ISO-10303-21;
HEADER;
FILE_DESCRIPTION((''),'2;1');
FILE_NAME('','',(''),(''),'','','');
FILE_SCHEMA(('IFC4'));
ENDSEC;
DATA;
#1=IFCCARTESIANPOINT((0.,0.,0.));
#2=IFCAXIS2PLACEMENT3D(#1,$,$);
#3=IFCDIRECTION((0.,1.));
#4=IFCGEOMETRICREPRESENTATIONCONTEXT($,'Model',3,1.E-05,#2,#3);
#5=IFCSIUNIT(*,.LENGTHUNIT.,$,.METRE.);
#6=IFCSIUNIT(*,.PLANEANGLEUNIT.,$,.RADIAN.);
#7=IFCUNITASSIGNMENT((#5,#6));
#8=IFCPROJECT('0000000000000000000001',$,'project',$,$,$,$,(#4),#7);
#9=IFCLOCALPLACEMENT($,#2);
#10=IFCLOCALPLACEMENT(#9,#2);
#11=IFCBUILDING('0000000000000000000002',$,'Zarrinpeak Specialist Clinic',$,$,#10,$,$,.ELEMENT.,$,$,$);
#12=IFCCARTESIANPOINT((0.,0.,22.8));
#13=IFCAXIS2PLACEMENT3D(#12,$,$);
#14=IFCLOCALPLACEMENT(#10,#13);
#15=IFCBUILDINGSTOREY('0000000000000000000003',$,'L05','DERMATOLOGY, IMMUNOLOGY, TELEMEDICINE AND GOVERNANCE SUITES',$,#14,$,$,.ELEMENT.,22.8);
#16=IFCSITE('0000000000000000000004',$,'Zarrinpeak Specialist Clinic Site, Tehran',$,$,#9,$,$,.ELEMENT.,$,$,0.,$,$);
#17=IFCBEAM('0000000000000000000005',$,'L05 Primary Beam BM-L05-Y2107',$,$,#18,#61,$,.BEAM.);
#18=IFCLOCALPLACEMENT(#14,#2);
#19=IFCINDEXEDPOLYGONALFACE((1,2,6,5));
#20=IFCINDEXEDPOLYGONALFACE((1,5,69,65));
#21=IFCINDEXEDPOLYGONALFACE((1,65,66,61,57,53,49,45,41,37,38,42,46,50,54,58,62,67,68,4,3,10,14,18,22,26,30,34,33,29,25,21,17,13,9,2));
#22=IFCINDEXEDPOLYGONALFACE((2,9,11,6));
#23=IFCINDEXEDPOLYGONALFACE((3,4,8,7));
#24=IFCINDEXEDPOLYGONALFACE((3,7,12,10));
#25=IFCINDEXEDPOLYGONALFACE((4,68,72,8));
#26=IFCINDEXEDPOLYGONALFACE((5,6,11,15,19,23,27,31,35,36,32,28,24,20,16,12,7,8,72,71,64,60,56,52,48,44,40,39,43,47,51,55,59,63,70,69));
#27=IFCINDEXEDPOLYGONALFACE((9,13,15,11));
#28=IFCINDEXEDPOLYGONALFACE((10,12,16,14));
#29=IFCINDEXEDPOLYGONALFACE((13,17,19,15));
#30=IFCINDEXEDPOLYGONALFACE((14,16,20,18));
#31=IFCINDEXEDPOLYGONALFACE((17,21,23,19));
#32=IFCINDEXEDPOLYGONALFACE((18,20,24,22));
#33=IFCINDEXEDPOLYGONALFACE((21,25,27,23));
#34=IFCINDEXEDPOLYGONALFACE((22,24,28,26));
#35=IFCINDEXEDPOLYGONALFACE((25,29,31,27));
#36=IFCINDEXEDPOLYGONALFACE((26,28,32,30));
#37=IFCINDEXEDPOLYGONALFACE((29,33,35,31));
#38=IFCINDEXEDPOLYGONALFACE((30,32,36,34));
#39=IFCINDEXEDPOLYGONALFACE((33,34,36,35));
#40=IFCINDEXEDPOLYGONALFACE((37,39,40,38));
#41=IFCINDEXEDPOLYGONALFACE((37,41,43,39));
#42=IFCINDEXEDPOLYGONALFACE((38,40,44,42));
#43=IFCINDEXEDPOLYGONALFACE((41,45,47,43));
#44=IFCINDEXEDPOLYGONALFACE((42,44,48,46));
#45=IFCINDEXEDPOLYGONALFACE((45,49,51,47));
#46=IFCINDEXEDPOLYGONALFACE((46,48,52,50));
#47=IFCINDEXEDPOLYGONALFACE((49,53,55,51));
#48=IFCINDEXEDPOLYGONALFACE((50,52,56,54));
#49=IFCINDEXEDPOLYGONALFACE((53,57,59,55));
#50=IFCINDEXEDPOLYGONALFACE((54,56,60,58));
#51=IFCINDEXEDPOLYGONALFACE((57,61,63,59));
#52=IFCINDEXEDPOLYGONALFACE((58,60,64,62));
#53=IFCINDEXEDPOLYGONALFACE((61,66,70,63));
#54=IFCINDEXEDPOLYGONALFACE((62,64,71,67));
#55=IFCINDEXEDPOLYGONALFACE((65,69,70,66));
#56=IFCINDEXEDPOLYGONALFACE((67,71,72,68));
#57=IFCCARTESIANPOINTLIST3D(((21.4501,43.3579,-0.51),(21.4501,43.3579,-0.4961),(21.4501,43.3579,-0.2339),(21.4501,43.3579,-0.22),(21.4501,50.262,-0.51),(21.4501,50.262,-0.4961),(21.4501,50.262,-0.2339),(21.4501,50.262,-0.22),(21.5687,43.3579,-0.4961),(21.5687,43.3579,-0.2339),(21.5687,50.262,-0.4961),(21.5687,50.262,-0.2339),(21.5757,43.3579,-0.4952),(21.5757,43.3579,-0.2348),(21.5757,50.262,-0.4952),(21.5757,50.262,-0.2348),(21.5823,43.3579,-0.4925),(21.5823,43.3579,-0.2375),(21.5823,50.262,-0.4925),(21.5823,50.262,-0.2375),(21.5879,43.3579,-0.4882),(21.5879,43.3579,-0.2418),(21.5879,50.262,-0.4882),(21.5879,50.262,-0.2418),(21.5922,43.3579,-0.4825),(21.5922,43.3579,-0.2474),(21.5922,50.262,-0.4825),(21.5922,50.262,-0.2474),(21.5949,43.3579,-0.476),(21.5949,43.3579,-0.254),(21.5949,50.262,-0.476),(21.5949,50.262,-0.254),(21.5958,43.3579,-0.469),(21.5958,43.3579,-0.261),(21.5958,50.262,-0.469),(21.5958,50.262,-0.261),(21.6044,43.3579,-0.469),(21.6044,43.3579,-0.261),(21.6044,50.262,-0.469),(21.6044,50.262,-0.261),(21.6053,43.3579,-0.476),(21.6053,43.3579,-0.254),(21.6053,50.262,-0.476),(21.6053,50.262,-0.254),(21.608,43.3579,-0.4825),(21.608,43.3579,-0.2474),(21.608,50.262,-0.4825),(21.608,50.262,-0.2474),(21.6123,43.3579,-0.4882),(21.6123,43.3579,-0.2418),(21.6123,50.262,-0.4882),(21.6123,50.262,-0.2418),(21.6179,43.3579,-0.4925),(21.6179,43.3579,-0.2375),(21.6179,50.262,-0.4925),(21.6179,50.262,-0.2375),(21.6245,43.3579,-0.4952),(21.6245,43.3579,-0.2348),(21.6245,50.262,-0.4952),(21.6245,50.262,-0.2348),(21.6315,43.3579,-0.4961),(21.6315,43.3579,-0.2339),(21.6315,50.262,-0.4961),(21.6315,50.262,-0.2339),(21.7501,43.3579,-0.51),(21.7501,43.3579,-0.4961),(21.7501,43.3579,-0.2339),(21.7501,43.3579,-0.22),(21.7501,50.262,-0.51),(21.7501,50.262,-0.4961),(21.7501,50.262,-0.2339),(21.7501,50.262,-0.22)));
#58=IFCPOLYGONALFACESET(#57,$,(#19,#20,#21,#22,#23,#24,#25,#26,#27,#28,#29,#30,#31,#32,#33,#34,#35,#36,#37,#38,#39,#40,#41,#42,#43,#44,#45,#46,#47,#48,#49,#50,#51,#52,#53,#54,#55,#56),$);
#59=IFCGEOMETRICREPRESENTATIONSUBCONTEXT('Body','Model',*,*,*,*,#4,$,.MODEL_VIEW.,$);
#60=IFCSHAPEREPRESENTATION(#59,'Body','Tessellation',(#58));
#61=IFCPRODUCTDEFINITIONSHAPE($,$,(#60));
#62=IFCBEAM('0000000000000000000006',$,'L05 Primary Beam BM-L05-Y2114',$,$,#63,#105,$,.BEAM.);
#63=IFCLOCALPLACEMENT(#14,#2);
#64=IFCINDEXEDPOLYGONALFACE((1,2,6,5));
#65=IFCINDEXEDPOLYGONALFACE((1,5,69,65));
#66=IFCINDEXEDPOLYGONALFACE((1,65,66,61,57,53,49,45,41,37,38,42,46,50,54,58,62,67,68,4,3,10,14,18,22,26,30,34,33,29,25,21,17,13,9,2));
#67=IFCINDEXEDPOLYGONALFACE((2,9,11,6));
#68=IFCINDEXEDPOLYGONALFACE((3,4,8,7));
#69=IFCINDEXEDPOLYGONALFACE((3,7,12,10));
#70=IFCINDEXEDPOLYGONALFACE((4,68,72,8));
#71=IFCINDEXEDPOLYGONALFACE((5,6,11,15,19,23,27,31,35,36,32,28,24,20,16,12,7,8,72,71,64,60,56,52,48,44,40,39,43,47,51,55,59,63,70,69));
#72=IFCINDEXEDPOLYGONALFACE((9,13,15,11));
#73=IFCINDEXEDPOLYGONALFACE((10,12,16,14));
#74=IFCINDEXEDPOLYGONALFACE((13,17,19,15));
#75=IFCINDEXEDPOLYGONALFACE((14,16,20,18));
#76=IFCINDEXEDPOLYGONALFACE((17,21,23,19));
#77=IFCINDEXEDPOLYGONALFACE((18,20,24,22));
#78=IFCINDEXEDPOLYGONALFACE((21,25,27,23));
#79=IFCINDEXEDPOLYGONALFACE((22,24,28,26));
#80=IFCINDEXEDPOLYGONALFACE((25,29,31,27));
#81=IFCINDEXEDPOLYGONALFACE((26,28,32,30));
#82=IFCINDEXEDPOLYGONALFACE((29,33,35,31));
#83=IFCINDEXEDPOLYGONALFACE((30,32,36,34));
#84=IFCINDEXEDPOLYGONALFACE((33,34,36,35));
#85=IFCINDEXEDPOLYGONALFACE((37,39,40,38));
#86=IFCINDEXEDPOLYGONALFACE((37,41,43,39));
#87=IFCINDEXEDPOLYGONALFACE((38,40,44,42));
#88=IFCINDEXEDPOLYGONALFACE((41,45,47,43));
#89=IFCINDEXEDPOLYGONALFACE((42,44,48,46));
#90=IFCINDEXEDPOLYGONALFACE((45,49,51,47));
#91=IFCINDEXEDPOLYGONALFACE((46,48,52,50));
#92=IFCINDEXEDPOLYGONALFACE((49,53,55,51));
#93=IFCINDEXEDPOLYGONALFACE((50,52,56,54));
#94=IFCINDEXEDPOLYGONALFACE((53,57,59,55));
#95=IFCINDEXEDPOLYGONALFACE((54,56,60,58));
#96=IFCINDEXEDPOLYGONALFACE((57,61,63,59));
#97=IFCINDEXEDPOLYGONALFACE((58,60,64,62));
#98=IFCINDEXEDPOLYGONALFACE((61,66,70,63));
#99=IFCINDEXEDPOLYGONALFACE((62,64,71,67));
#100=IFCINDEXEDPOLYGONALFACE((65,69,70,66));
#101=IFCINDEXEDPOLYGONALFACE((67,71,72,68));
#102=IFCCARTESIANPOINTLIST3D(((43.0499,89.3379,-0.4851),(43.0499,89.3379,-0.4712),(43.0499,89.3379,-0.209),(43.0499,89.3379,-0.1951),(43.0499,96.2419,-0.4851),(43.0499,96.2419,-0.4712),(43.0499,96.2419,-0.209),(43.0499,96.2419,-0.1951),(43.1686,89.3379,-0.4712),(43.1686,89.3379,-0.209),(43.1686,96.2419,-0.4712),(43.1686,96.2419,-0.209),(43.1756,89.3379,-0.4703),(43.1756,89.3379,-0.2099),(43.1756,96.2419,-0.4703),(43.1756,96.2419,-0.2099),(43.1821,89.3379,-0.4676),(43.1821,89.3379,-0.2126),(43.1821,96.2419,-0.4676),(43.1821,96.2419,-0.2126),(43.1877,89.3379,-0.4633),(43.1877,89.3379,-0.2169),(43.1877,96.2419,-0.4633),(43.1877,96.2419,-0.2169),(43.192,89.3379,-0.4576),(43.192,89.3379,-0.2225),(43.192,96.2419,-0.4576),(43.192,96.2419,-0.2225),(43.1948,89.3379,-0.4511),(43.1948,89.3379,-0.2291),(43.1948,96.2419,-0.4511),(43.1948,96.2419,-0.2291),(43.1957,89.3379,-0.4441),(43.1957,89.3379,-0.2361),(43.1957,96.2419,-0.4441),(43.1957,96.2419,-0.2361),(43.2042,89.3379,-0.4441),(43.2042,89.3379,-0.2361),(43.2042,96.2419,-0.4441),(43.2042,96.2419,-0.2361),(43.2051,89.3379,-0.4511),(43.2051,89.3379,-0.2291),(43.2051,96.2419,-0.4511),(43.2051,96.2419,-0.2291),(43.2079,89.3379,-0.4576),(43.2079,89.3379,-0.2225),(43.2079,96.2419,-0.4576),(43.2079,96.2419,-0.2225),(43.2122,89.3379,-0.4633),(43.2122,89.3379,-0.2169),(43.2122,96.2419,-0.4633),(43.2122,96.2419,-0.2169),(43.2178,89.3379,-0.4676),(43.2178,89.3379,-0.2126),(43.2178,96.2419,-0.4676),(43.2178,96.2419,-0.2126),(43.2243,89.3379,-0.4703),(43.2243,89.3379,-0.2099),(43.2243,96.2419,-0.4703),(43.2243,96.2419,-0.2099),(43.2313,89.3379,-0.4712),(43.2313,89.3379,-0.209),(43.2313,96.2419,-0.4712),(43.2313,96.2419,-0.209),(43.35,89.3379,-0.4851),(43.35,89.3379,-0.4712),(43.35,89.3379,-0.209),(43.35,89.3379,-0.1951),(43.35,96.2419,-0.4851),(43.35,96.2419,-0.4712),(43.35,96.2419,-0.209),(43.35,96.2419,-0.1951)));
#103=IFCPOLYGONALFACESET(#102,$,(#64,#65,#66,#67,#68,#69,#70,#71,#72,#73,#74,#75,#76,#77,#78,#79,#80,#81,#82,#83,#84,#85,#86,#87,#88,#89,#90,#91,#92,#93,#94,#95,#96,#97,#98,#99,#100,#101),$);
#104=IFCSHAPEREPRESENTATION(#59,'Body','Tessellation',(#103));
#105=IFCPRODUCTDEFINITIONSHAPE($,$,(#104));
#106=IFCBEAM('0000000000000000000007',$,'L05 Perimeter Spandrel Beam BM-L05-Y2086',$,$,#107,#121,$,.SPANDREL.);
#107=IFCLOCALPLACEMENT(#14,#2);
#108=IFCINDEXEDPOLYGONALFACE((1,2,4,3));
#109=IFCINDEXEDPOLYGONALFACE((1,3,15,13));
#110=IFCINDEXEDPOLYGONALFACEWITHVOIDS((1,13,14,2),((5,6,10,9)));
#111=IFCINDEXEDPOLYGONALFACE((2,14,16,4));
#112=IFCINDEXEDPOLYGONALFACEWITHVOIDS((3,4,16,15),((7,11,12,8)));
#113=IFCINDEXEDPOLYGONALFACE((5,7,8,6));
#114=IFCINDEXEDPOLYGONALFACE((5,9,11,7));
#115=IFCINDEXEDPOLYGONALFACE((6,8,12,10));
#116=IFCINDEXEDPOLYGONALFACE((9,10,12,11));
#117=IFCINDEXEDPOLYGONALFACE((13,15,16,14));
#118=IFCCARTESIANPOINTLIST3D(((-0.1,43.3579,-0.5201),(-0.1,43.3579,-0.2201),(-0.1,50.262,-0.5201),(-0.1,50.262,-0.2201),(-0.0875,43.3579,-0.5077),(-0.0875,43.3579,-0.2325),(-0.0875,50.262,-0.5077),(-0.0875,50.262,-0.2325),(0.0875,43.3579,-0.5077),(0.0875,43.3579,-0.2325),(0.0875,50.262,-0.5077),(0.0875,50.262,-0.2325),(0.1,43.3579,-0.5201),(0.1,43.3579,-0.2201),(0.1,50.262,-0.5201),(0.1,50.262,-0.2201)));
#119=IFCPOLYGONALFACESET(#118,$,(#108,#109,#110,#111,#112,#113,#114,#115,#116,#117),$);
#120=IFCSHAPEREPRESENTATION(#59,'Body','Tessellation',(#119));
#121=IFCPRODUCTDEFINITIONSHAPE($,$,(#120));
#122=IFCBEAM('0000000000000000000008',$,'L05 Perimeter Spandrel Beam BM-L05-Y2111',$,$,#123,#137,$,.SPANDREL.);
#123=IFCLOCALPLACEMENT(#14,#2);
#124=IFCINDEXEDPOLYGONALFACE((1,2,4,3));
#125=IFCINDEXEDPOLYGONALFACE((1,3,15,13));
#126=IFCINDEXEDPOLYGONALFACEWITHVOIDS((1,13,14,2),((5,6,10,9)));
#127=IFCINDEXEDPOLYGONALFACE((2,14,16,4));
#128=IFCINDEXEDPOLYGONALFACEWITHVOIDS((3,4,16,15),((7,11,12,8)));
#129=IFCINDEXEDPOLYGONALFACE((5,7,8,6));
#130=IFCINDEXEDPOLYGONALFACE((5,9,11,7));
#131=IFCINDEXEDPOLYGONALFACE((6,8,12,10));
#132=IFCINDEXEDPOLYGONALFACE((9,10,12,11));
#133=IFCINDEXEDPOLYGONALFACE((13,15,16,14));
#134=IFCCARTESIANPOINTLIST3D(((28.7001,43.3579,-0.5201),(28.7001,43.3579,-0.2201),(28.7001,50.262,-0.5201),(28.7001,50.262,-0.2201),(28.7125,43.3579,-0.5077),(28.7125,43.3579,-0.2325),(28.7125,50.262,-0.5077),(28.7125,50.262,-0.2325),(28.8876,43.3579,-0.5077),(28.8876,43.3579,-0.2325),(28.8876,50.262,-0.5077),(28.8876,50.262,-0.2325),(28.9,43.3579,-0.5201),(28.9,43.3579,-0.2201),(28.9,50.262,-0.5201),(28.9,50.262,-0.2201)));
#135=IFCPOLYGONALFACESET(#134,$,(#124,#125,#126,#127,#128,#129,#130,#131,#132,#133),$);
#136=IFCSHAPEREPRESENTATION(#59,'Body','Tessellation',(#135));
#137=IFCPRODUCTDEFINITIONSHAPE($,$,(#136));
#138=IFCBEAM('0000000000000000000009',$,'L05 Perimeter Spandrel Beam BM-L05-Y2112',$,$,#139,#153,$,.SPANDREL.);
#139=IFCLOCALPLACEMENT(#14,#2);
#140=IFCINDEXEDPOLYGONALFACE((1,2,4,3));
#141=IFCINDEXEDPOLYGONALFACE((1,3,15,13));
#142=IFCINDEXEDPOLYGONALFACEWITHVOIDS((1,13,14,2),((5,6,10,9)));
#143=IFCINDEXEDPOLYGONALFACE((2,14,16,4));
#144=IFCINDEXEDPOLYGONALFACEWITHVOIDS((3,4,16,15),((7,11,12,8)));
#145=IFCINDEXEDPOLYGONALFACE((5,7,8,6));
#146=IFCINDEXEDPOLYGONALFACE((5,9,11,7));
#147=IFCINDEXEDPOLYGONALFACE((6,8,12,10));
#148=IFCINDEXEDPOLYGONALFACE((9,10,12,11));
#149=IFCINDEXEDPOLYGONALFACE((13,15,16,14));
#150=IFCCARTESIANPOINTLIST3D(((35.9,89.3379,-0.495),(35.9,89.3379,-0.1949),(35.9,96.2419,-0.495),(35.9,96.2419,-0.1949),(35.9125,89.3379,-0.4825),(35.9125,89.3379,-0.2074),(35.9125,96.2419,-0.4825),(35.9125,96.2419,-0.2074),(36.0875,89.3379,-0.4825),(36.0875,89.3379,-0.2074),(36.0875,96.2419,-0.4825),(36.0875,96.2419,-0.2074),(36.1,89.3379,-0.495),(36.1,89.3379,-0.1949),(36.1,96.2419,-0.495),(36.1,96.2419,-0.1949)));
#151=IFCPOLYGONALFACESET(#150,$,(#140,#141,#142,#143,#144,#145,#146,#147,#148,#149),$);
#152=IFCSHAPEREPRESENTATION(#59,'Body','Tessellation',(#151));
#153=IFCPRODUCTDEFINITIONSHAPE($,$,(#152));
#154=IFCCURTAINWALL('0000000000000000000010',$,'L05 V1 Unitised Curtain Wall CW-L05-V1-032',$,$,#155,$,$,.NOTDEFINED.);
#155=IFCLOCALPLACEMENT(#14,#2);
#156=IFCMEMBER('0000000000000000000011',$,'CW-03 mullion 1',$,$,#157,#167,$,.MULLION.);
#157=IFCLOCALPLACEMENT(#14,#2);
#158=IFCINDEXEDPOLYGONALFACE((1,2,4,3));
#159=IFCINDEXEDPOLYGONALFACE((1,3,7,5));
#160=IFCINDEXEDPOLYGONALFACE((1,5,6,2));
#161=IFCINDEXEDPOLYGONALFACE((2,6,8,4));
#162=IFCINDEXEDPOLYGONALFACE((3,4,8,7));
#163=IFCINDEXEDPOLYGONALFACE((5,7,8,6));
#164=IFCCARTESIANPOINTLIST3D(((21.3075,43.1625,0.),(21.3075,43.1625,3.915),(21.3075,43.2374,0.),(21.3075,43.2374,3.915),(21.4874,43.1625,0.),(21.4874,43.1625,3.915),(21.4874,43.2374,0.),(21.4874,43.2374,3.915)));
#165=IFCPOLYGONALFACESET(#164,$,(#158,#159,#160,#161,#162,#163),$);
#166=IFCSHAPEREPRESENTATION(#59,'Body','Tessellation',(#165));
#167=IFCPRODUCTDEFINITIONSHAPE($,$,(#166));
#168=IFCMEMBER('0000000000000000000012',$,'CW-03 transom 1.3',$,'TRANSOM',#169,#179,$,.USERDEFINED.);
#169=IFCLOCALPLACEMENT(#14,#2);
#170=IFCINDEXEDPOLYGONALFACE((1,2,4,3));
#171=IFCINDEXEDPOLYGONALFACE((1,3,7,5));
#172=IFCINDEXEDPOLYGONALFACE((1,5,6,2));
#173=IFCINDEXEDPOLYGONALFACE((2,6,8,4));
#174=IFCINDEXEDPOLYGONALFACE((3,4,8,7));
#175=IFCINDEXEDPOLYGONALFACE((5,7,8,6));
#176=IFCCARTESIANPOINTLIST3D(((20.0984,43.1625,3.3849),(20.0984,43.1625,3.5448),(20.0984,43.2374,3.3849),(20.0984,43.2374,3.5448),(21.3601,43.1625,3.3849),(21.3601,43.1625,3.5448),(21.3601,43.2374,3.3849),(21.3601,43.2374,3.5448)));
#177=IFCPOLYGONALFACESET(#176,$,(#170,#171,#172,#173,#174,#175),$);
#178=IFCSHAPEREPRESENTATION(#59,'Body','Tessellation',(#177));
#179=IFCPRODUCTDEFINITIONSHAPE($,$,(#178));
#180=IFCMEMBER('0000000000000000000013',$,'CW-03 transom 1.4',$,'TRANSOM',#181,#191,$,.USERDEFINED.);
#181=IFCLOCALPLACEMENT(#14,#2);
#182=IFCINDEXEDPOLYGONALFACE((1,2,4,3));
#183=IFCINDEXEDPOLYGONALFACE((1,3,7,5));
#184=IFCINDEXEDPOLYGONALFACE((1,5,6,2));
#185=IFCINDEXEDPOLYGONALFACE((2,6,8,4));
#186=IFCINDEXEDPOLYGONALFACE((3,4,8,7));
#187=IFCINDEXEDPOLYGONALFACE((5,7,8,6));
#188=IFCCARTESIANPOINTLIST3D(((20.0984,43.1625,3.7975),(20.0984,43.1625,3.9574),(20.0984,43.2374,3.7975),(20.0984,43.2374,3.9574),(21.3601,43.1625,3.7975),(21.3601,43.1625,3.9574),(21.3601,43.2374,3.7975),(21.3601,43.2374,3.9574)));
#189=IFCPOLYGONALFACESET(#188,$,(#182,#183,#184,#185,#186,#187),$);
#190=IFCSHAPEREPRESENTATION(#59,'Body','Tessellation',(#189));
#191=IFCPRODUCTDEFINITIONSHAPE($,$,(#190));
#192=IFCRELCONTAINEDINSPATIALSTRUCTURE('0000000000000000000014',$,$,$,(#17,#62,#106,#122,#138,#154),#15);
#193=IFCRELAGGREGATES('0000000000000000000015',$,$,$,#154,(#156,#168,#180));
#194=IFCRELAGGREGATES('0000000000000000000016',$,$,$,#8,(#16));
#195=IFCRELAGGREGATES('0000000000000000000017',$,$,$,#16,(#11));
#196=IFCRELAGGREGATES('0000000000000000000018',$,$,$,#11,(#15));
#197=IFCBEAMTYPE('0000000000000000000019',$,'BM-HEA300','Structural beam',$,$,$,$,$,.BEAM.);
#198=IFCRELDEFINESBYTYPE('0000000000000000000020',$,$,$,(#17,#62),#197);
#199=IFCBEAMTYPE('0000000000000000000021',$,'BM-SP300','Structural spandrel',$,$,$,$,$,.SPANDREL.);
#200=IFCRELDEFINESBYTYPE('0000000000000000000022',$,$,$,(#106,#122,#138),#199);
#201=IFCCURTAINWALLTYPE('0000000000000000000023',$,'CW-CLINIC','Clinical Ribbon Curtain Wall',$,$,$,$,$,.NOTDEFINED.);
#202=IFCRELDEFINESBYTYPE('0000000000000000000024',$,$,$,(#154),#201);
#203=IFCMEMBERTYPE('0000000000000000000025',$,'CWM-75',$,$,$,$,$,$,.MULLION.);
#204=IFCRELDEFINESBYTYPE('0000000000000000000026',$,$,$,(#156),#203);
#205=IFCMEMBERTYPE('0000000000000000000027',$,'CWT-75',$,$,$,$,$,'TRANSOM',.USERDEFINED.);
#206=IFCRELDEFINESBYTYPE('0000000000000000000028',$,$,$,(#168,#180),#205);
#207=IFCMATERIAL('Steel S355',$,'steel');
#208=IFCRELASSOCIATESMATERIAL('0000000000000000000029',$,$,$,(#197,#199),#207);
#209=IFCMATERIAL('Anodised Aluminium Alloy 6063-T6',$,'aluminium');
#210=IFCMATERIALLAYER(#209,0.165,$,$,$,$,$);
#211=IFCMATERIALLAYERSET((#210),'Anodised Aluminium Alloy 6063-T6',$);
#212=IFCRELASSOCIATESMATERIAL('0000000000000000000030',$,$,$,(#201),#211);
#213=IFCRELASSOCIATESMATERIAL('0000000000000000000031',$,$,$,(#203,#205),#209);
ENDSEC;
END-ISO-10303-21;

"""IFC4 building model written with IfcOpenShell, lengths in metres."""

from ifc_helpers import new_model, si_unit, direction, frame, origin, origin_2d, place, context, subcontext, project, spatial, rectangle, hollow_rectangle, i_section, extrude, material, layer, layer_set, material_profile, profile_set, type_object, element, aggregate, save


model = new_model("IFC4")

# Units and contexts
model_context = context("Model", 3, precision=1e-05, world=origin(), true_north=direction((0.0, 1.0)))
body_context = subcontext(model_context, "Body", "Model", "MODEL_VIEW")
ifc_project = project(units=[si_unit("LENGTHUNIT", "METRE"), si_unit("PLANEANGLEUNIT", "RADIAN")], contexts=[model_context])

# Site, building, storey
site_placement = place(None, origin())
site = spatial("IfcSite", under=ifc_project, at=site_placement, Name="Zarrinpeak Specialist Clinic Site, Tehran", CompositionType="ELEMENT", RefElevation=0.0)
building_placement = place(site_placement, origin())
building = spatial("IfcBuilding", under=site, at=building_placement, Name="Zarrinpeak Specialist Clinic", CompositionType="ELEMENT")
storey_placement = place(building_placement, frame((0.0, 0.0, 22.8)))
storey = spatial("IfcBuildingStorey", under=building, at=storey_placement, Name="L05", Description="DERMATOLOGY, IMMUNOLOGY, TELEMEDICINE AND GOVERNANCE SUITES", CompositionType="ELEMENT", Elevation=22.8)

# Beams
ifc_material_1 = material(Name="Steel S355", Category="steel")
ifc_material_profile_1 = material_profile(ifc_material_1, i_section(OverallWidth=0.3, OverallDepth=0.29, WebThickness=0.0085, FlangeThickness=0.0139, FilletRadius=0.0271, at=origin_2d()), Name="HEA 300")
ifc_profile_set_1 = profile_set([ifc_material_profile_1], Name="Steel S355")
beam_type_1 = type_object("IfcBeamType", Name="BM-HEA300", Description="Structural beam", PredefinedType="BEAM", material=ifc_profile_set_1)
for number, where, z_axis, x_axis, name in (
    (1, (21.6001, 43.3579, -0.365), (0.0, 1.0, 0.0), (-1.0, 0.0, 0.0), "L05 Primary Beam BM-L05-Y2107"),
    (2, (43.2, 89.3379, -0.3401), (0.0, 1.0, 0.0), (-1.0, 0.0, 0.0), "L05 Primary Beam BM-L05-Y2114"),
):
    element("IfcBeam", number, at=place(storey_placement, frame(where, z_axis=z_axis, x_axis=x_axis)), inside=storey, type_object=beam_type_1, Name=name, PredefinedType="BEAM", context=body_context, shape_type="SweptSolid", body=[
        extrude(i_section(OverallWidth=0.3, OverallDepth=0.29, WebThickness=0.0085, FlangeThickness=0.0139, FilletRadius=0.0271, at=origin_2d()), origin(), (0.0, 0.0, 1.0), 6.9041),
    ])
ifc_material_profile_2 = material_profile(ifc_material_1, hollow_rectangle(XDim=0.2, YDim=0.3, WallThickness=0.0125, at=origin_2d()), Name="RHS 300x200x12.5")
ifc_profile_set_2 = profile_set([ifc_material_profile_2], Name="Steel S355")
beam_type_2 = type_object("IfcBeamType", Name="BM-SP300", Description="Structural spandrel", PredefinedType="SPANDREL", material=ifc_profile_set_2)
for number, where, z_axis, x_axis, name in (
    (3, (0.0, 43.3579, -0.3701), (0.0, 1.0, 0.0), (-1.0, 0.0, 0.0), "L05 Perimeter Spandrel Beam BM-L05-Y2086"),
    (4, (28.8, 43.3579, -0.3701), (0.0, 1.0, 0.0), (-1.0, 0.0, 0.0), "L05 Perimeter Spandrel Beam BM-L05-Y2111"),
    (5, (36.0, 89.3379, -0.345), (0.0, 1.0, 0.0), (-1.0, 0.0, 0.0), "L05 Perimeter Spandrel Beam BM-L05-Y2112"),
):
    element("IfcBeam", number, at=place(storey_placement, frame(where, z_axis=z_axis, x_axis=x_axis)), inside=storey, type_object=beam_type_2, Name=name, PredefinedType="SPANDREL", context=body_context, shape_type="SweptSolid", body=[
        extrude(hollow_rectangle(XDim=0.2, YDim=0.3, WallThickness=0.0125, at=origin_2d()), origin(), (0.0, 0.0, 1.0), 6.9041),
    ])

# Curtain wall, members
ifc_material_2 = material(Name="Anodised Aluminium Alloy 6063-T6", Category="aluminium")
ifc_layer_1 = layer(ifc_material_2, 0.165)
ifc_layer_set_1 = layer_set([ifc_layer_1], Name="Anodised Aluminium Alloy 6063-T6")
curtain_wall_type = type_object("IfcCurtainWallType", Name="CW-CLINIC", Description="Clinical Ribbon Curtain Wall", PredefinedType="NOTDEFINED", material=ifc_layer_set_1)
curtain_wall_placement = place(storey_placement, origin())
curtain_wall = element("IfcCurtainWall", 6, at=curtain_wall_placement, inside=storey, type_object=curtain_wall_type, Name="L05 V1 Unitised Curtain Wall CW-L05-V1-032", PredefinedType="NOTDEFINED")
ifc_material_profile_3 = material_profile(ifc_material_2, rectangle(XDim=0.075, YDim=0.1799, at=origin_2d()), Name="ALU 75x180")
ifc_profile_set_3 = profile_set([ifc_material_profile_3], Name="Anodised Aluminium Alloy 6063-T6")
member_type_1 = type_object("IfcMemberType", Name="CWM-75", PredefinedType="MULLION", material=ifc_profile_set_3)
member_1_placement = place(storey_placement, frame((21.3975, 43.2, 0.0), z_axis=(0.0, 0.0, 1.0), x_axis=(0.0, -1.0, 0.0)))
member_1 = element("IfcMember", 7, at=member_1_placement, type_object=member_type_1, Name="CW-03 mullion 1", PredefinedType="MULLION", context=body_context, shape_type="SweptSolid", body=[
    extrude(rectangle(XDim=0.075, YDim=0.1799, at=origin_2d()), origin(), (0.0, 0.0, 1.0), 3.915),
])
ifc_material_profile_4 = material_profile(ifc_material_2, rectangle(XDim=0.075, YDim=0.1599, at=origin_2d()), Name="ALU 75x160")
ifc_profile_set_4 = profile_set([ifc_material_profile_4], Name="Anodised Aluminium Alloy 6063-T6")
member_type_2 = type_object("IfcMemberType", Name="CWT-75", ElementType="TRANSOM", PredefinedType="USERDEFINED", material=ifc_profile_set_4)
member_2_placement = place(storey_placement, frame((21.3601, 43.2, 3.4648), z_axis=(-1.0, 0.0, 0.0), x_axis=(0.0, -1.0, 0.0)))
member_2 = element("IfcMember", 8, at=member_2_placement, type_object=member_type_2, Name="CW-03 transom 1.3", ObjectType="TRANSOM", PredefinedType="USERDEFINED", context=body_context, shape_type="SweptSolid", body=[
    extrude(rectangle(XDim=0.075, YDim=0.1599, at=origin_2d()), origin(), (0.0, 0.0, 1.0), 1.2617),
])
member_3_placement = place(storey_placement, frame((21.3601, 43.2, 3.8774), z_axis=(-1.0, 0.0, 0.0), x_axis=(0.0, -1.0, 0.0)))
member_3 = element("IfcMember", 9, at=member_3_placement, type_object=member_type_2, Name="CW-03 transom 1.4", ObjectType="TRANSOM", PredefinedType="USERDEFINED", context=body_context, shape_type="SweptSolid", body=[
    extrude(rectangle(XDim=0.075, YDim=0.1599, at=origin_2d()), origin(), (0.0, 0.0, 1.0), 1.2617),
])
aggregate(curtain_wall, [member_1, member_2, member_3])

save(model, "model.ifc")
